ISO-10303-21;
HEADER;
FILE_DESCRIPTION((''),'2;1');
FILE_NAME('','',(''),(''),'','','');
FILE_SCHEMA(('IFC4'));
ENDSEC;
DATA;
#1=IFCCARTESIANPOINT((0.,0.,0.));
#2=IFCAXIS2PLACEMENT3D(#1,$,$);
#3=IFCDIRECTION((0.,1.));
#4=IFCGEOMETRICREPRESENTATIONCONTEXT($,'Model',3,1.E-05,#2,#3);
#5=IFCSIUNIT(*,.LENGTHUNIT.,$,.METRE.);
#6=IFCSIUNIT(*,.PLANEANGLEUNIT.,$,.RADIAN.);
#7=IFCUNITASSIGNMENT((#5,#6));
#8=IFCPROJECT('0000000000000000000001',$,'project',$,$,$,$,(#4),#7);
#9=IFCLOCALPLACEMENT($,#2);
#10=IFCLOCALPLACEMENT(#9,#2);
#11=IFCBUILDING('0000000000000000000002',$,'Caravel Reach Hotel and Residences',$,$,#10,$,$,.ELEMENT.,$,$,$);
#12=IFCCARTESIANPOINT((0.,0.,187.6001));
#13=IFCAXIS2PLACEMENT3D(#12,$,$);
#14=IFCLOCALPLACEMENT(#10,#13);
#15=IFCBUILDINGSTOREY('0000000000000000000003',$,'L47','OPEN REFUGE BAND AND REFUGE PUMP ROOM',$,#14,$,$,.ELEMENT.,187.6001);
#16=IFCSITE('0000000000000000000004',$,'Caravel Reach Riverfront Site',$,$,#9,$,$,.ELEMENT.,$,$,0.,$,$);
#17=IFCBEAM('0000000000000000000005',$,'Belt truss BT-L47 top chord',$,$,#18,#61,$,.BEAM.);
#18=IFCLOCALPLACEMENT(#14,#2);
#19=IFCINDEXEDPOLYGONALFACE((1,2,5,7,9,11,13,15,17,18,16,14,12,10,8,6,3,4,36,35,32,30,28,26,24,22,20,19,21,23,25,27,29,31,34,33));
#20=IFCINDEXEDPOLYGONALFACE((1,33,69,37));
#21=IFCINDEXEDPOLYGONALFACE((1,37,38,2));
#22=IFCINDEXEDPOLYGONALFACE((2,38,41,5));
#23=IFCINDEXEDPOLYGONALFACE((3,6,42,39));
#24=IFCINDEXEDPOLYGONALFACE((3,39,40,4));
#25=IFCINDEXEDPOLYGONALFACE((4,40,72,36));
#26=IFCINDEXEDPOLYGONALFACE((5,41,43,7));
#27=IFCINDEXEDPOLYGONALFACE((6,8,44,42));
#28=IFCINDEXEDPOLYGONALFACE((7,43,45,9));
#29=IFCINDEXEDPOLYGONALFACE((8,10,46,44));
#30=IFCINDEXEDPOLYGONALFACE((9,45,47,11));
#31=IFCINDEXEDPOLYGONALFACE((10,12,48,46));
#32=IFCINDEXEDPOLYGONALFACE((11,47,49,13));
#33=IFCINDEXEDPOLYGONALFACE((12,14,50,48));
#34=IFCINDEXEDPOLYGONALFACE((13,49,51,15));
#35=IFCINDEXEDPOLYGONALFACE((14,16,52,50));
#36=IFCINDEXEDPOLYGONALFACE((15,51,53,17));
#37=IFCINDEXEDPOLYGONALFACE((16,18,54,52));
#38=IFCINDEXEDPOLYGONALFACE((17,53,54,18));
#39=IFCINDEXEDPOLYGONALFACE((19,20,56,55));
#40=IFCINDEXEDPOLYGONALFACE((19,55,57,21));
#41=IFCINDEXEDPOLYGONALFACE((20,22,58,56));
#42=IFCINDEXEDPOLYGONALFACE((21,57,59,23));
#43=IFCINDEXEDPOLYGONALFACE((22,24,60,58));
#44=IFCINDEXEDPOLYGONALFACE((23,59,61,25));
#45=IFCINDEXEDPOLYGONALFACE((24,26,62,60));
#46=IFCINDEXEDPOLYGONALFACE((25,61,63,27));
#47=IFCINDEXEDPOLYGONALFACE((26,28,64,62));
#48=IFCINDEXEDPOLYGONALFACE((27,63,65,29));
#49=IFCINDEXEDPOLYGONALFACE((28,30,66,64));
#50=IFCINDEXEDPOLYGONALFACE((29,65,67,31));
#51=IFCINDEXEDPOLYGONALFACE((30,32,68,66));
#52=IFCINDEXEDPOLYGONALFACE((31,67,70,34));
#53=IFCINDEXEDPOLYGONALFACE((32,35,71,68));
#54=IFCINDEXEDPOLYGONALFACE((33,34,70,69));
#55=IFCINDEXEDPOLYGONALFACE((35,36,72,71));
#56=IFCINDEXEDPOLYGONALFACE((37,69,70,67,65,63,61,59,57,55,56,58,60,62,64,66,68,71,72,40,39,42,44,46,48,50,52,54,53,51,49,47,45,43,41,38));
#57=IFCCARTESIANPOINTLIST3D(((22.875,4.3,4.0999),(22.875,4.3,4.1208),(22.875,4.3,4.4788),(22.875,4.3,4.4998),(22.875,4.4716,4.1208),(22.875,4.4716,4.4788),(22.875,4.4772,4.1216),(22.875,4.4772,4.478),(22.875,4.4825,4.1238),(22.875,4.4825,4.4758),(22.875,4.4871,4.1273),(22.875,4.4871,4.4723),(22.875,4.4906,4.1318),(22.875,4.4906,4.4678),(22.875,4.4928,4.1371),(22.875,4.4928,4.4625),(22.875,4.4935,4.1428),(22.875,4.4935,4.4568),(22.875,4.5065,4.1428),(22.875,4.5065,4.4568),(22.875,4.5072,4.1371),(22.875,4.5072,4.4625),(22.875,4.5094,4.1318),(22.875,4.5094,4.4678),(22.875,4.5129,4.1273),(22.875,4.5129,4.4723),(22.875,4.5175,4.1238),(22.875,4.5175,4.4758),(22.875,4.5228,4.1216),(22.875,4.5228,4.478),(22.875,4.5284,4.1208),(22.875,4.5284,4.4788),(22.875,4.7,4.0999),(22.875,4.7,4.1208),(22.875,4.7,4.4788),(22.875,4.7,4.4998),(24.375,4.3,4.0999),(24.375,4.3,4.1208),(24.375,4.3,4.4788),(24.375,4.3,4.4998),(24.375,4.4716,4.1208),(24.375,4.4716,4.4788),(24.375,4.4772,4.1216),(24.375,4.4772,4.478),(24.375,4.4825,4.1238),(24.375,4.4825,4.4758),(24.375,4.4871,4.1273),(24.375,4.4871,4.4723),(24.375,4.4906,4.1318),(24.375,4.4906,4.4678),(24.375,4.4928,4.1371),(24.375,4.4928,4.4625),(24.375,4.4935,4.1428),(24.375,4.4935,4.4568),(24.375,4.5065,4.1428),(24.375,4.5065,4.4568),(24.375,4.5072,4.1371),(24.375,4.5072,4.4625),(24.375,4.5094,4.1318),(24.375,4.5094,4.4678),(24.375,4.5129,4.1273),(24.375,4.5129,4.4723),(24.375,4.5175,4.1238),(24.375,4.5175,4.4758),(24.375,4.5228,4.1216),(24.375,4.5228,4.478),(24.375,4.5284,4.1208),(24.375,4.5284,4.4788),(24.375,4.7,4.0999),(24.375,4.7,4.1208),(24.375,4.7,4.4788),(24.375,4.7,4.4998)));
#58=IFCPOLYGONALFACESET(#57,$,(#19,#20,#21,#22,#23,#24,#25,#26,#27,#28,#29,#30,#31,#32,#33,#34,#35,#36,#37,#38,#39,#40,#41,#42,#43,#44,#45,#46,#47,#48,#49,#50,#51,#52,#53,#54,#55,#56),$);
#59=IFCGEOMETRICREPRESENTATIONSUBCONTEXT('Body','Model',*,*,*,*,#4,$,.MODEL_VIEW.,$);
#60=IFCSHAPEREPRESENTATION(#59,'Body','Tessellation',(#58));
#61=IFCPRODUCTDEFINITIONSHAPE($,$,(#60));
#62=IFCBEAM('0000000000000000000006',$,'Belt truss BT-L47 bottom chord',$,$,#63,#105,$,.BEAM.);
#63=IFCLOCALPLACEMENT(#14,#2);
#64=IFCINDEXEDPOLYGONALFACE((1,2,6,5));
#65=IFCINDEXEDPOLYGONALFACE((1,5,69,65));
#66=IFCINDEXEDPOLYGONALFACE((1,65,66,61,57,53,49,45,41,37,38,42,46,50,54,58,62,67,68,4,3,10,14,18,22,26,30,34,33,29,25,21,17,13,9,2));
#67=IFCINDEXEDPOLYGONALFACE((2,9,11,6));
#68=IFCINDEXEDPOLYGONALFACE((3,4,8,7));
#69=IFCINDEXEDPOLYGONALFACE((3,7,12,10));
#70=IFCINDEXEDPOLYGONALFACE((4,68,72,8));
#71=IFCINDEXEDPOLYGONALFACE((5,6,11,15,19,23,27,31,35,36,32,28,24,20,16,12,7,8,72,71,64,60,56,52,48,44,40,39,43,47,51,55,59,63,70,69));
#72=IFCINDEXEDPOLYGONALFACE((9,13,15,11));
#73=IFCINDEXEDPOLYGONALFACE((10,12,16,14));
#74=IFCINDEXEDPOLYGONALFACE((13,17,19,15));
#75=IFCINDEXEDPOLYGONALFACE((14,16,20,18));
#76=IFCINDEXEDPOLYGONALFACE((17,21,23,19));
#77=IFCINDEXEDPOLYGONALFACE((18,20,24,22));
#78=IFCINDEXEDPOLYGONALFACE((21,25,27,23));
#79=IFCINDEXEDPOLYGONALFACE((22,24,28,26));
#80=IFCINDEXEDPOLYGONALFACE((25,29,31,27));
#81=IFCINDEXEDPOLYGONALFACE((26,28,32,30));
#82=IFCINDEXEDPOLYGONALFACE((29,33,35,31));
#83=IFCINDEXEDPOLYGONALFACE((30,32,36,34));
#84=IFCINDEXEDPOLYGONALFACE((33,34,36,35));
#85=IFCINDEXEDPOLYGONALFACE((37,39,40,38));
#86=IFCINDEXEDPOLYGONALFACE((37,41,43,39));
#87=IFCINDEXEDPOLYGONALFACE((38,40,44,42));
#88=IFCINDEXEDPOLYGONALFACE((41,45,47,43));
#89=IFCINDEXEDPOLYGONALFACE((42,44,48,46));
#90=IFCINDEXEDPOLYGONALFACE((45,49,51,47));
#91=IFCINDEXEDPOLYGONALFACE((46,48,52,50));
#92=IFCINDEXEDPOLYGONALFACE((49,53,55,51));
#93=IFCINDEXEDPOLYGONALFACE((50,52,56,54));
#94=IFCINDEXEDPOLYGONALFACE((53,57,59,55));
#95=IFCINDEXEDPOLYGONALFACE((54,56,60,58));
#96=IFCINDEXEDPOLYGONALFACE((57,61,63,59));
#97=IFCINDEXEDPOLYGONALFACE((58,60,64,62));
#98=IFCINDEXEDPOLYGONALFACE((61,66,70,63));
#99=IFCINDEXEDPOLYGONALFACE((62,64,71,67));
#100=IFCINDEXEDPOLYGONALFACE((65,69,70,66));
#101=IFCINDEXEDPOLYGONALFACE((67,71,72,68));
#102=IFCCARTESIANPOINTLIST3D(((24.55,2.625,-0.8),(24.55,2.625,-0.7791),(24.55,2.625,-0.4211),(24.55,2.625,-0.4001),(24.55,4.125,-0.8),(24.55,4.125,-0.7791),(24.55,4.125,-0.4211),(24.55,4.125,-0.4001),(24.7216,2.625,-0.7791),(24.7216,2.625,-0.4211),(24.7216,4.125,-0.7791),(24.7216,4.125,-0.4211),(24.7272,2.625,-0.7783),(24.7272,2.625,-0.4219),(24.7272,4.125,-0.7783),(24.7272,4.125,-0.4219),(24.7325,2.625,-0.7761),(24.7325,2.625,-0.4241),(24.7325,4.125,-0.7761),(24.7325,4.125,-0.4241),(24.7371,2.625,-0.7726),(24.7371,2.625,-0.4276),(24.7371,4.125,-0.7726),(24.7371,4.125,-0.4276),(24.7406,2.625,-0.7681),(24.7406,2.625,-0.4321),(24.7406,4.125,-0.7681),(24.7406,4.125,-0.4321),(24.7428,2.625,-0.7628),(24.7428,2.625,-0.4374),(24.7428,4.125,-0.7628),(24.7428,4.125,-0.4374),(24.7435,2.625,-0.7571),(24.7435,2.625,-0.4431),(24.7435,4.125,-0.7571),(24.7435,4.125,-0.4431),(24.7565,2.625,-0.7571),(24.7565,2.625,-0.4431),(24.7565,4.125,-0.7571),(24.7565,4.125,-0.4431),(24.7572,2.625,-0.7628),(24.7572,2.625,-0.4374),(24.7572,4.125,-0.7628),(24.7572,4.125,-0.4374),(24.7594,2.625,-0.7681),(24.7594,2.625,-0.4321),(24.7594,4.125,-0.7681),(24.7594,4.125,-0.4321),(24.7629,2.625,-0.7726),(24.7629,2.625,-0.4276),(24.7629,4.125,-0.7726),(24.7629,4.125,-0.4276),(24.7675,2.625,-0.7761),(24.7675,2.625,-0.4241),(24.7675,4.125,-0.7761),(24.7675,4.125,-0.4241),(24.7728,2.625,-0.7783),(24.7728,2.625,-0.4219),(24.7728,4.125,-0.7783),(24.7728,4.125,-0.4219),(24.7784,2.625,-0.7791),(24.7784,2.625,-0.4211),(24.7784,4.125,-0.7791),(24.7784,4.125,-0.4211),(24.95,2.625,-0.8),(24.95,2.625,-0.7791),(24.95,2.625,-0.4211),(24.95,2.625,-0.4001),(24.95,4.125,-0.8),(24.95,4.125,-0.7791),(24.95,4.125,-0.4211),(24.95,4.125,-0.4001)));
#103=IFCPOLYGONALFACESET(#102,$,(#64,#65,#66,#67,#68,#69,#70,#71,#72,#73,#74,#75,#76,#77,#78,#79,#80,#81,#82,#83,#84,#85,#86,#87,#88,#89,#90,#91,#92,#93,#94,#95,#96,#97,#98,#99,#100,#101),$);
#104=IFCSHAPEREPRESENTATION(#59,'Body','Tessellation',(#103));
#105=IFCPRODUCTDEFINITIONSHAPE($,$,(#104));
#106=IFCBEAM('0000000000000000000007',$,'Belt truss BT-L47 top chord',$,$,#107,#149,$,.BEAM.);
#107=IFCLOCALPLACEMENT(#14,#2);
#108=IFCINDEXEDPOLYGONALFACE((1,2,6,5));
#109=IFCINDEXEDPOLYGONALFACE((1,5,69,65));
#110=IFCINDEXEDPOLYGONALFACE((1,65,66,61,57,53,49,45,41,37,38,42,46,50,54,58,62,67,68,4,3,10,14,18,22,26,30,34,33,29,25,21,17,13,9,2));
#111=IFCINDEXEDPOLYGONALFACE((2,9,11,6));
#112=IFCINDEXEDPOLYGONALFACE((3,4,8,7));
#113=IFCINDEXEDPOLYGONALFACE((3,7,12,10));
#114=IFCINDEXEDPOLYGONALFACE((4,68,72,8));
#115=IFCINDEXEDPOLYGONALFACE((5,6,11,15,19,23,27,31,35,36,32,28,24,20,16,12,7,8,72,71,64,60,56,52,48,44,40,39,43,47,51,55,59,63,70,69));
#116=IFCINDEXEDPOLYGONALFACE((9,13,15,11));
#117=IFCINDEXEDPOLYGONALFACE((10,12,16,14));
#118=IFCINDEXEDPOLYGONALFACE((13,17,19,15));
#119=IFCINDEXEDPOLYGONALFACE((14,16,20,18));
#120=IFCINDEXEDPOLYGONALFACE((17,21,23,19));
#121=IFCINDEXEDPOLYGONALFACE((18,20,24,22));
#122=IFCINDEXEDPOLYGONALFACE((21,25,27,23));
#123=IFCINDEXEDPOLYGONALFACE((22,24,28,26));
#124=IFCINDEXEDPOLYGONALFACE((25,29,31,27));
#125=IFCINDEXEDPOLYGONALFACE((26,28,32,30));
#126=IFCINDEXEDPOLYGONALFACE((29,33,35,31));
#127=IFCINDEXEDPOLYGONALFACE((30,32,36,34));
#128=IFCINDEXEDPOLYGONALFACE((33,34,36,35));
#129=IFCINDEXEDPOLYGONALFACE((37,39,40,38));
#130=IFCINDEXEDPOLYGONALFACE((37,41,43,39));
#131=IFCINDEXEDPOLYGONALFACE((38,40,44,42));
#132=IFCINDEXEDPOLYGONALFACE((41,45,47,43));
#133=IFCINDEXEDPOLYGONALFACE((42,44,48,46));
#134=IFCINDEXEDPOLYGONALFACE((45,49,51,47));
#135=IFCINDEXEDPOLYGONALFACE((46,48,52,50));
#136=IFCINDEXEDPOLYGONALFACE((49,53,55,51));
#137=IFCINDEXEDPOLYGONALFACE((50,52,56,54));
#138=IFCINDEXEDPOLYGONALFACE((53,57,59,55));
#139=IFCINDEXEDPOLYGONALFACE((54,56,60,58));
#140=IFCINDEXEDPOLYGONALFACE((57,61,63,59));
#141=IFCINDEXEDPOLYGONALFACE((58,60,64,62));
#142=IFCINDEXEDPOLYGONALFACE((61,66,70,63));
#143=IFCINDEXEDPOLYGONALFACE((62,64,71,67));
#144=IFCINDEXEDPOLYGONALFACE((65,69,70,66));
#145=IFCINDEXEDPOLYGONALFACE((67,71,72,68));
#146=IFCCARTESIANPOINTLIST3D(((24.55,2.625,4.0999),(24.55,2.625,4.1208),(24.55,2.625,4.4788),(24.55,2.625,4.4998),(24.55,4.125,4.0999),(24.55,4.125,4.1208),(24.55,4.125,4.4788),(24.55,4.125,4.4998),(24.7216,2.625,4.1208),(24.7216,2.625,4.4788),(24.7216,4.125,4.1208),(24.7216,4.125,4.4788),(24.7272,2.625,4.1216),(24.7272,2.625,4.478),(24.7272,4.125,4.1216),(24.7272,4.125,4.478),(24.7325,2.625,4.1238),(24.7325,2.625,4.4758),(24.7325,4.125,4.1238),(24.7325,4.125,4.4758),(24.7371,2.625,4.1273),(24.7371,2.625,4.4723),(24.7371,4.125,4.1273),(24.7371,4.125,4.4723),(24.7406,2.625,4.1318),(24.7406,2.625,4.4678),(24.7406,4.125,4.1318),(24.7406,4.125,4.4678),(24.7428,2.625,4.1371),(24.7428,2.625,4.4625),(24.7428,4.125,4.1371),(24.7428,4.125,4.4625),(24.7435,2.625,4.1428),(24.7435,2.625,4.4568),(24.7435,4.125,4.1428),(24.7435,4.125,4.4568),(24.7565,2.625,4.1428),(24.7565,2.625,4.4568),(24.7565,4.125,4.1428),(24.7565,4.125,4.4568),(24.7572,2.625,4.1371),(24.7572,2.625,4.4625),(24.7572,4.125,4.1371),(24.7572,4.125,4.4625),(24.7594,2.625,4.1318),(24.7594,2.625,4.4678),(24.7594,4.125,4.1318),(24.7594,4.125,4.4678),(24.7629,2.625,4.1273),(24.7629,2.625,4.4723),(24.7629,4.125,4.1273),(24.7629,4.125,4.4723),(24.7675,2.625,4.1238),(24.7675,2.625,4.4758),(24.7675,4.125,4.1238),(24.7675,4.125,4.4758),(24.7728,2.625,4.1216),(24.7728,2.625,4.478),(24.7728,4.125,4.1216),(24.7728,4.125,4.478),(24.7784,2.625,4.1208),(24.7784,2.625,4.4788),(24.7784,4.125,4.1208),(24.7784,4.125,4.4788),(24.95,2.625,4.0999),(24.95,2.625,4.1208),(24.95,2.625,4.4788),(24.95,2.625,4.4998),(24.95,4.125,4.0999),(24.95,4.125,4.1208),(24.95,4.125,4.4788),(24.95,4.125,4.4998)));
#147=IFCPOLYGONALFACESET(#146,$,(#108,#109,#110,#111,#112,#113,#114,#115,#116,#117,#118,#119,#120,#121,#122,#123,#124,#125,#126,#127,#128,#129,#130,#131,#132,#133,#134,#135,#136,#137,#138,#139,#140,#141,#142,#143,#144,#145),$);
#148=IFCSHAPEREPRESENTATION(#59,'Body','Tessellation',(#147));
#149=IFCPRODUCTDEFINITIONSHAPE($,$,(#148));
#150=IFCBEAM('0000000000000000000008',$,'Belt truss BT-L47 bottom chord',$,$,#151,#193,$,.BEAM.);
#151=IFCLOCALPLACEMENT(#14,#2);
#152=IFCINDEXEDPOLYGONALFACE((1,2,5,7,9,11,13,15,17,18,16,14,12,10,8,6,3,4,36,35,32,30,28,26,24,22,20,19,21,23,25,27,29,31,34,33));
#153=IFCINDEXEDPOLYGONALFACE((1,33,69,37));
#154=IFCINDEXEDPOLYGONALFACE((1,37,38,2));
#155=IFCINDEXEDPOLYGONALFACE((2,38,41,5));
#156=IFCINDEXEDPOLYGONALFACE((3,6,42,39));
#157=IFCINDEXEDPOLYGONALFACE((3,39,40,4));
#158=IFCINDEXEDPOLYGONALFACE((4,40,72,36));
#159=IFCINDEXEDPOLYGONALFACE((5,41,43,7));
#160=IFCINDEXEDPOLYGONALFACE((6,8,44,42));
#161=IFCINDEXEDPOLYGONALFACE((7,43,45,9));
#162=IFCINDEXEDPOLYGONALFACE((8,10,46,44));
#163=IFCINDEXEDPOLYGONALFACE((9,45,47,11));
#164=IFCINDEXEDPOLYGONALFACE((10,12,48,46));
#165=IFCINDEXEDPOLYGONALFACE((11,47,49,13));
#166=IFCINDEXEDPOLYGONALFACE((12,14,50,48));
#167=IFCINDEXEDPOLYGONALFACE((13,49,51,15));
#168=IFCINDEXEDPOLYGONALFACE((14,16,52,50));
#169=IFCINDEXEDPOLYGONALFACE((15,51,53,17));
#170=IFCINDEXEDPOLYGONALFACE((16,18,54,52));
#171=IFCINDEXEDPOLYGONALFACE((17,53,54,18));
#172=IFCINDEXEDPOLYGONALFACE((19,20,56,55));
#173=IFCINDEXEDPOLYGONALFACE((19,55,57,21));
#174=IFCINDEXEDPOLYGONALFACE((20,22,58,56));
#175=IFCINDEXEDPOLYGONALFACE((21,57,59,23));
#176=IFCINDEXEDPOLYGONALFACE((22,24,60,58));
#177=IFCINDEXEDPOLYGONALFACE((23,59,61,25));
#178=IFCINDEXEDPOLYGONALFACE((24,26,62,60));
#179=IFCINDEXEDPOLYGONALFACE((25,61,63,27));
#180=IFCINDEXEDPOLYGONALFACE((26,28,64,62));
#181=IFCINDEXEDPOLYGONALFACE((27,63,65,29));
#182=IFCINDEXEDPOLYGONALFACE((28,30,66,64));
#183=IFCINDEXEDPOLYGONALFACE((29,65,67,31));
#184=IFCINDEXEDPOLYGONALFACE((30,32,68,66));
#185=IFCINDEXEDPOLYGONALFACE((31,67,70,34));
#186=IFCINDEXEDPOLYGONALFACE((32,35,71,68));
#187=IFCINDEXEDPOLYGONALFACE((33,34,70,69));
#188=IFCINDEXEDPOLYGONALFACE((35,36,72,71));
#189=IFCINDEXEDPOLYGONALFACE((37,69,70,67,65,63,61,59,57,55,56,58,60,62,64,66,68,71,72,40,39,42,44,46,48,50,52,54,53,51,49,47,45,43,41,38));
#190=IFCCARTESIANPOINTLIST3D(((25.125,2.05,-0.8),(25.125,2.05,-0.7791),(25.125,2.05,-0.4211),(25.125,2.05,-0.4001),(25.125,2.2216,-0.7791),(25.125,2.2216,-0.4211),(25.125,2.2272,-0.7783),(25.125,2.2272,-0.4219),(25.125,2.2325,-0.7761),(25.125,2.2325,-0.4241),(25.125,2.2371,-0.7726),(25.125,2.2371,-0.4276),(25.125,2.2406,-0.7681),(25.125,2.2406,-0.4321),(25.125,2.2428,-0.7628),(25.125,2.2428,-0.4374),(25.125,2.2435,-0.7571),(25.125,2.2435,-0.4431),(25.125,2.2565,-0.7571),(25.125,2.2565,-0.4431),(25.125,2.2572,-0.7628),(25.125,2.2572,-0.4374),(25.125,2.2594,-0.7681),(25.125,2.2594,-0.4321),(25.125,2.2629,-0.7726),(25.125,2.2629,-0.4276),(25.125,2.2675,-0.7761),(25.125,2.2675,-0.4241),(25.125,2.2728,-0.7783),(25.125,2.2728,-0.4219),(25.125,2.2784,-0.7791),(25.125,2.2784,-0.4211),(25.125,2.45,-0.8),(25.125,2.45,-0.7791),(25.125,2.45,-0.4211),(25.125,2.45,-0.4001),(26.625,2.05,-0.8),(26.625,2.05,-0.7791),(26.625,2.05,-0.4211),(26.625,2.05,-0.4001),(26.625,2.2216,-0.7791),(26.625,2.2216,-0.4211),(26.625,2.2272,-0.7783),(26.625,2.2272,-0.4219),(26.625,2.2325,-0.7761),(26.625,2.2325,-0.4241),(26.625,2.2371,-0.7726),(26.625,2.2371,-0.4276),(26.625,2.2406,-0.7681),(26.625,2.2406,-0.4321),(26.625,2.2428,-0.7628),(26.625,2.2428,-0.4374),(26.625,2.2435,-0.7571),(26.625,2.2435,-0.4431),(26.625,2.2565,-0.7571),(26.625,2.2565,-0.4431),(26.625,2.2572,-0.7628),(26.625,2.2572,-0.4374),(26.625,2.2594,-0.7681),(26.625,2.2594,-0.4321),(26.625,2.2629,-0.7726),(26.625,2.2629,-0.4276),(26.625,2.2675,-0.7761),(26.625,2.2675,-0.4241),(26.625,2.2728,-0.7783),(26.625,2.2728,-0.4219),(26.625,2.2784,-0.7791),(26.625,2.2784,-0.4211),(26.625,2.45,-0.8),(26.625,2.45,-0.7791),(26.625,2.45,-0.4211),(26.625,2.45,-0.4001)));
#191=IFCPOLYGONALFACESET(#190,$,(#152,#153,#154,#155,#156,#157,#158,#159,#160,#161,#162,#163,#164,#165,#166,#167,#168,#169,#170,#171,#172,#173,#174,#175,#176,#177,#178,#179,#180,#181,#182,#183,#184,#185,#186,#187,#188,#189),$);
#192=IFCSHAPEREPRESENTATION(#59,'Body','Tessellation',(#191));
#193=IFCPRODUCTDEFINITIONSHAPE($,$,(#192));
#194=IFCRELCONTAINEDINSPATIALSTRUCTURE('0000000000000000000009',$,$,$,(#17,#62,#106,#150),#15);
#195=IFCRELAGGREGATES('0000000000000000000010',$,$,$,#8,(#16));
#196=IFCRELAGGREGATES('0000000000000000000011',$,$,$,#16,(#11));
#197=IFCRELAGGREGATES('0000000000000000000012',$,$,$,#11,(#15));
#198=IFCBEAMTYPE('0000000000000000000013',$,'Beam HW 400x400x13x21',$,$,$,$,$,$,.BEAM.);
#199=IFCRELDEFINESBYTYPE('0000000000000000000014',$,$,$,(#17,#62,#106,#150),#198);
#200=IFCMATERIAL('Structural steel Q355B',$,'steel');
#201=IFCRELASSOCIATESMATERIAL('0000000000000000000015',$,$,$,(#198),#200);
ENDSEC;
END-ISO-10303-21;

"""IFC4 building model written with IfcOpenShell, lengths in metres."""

from ifc_helpers import new_model, si_unit, direction, frame, origin, origin_2d, place, context, subcontext, project, spatial, i_section, extrude, material, material_profile, profile_set, type_object, element, save


model = new_model("IFC4")

# Units and contexts
model_context = context("Model", 3, precision=1e-05, world=origin(), true_north=direction((0.0, 1.0)))
body_context = subcontext(model_context, "Body", "Model", "MODEL_VIEW")
ifc_project = project(units=[si_unit("LENGTHUNIT", "METRE"), si_unit("PLANEANGLEUNIT", "RADIAN")], contexts=[model_context])

# Site, building, storey
site_placement = place(None, origin())
site = spatial("IfcSite", under=ifc_project, at=site_placement, Name="Caravel Reach Riverfront Site", CompositionType="ELEMENT", RefElevation=0.0)
building_placement = place(site_placement, origin())
building = spatial("IfcBuilding", under=site, at=building_placement, Name="Caravel Reach Hotel and Residences", CompositionType="ELEMENT")
storey_placement = place(building_placement, frame((0.0, 0.0, 187.6001)))
storey = spatial("IfcBuildingStorey", under=building, at=storey_placement, Name="L47", Description="OPEN REFUGE BAND AND REFUGE PUMP ROOM", CompositionType="ELEMENT", Elevation=187.6001)

# Beams
ifc_material_1 = material(Name="Structural steel Q355B", Category="steel")
ifc_material_profile_1 = material_profile(ifc_material_1, i_section(OverallWidth=0.3999, OverallDepth=0.3999, WebThickness=0.0129, FlangeThickness=0.021, FilletRadius=0.022, at=origin_2d()), Name="HW 400x400x13x21")
ifc_profile_set_1 = profile_set([ifc_material_profile_1], Name="Structural steel Q355B")
beam_type_1 = type_object("IfcBeamType", Name="Beam HW 400x400x13x21", PredefinedType="BEAM", material=ifc_profile_set_1)
for number, where, z_axis, x_axis, name in (
    (1, (22.875, 4.5, 4.2998), (1.0, 0.0, 0.0), (0.0, 1.0, 0.0), "Belt truss BT-L47 top chord"),
    (2, (24.75, 4.125, -0.6001), (0.0, -1.0, 0.0), (1.0, 0.0, 0.0), "Belt truss BT-L47 bottom chord"),
    (3, (24.75, 4.125, 4.2998), (0.0, -1.0, 0.0), (1.0, 0.0, 0.0), "Belt truss BT-L47 top chord"),
    (4, (25.125, 2.25, -0.6001), (1.0, 0.0, 0.0), (0.0, 1.0, 0.0), "Belt truss BT-L47 bottom chord"),
):
    element("IfcBeam", number, at=place(storey_placement, frame(where, z_axis=z_axis, x_axis=x_axis)), inside=storey, type_object=beam_type_1, Name=name, PredefinedType="BEAM", context=body_context, shape_type="SweptSolid", body=[
        extrude(i_section(OverallWidth=0.3999, OverallDepth=0.3999, WebThickness=0.0129, FlangeThickness=0.021, FilletRadius=0.022, at=origin_2d()), origin(), (0.0, 0.0, 1.0), 1.5),
    ])

save(model, "model.ifc")
